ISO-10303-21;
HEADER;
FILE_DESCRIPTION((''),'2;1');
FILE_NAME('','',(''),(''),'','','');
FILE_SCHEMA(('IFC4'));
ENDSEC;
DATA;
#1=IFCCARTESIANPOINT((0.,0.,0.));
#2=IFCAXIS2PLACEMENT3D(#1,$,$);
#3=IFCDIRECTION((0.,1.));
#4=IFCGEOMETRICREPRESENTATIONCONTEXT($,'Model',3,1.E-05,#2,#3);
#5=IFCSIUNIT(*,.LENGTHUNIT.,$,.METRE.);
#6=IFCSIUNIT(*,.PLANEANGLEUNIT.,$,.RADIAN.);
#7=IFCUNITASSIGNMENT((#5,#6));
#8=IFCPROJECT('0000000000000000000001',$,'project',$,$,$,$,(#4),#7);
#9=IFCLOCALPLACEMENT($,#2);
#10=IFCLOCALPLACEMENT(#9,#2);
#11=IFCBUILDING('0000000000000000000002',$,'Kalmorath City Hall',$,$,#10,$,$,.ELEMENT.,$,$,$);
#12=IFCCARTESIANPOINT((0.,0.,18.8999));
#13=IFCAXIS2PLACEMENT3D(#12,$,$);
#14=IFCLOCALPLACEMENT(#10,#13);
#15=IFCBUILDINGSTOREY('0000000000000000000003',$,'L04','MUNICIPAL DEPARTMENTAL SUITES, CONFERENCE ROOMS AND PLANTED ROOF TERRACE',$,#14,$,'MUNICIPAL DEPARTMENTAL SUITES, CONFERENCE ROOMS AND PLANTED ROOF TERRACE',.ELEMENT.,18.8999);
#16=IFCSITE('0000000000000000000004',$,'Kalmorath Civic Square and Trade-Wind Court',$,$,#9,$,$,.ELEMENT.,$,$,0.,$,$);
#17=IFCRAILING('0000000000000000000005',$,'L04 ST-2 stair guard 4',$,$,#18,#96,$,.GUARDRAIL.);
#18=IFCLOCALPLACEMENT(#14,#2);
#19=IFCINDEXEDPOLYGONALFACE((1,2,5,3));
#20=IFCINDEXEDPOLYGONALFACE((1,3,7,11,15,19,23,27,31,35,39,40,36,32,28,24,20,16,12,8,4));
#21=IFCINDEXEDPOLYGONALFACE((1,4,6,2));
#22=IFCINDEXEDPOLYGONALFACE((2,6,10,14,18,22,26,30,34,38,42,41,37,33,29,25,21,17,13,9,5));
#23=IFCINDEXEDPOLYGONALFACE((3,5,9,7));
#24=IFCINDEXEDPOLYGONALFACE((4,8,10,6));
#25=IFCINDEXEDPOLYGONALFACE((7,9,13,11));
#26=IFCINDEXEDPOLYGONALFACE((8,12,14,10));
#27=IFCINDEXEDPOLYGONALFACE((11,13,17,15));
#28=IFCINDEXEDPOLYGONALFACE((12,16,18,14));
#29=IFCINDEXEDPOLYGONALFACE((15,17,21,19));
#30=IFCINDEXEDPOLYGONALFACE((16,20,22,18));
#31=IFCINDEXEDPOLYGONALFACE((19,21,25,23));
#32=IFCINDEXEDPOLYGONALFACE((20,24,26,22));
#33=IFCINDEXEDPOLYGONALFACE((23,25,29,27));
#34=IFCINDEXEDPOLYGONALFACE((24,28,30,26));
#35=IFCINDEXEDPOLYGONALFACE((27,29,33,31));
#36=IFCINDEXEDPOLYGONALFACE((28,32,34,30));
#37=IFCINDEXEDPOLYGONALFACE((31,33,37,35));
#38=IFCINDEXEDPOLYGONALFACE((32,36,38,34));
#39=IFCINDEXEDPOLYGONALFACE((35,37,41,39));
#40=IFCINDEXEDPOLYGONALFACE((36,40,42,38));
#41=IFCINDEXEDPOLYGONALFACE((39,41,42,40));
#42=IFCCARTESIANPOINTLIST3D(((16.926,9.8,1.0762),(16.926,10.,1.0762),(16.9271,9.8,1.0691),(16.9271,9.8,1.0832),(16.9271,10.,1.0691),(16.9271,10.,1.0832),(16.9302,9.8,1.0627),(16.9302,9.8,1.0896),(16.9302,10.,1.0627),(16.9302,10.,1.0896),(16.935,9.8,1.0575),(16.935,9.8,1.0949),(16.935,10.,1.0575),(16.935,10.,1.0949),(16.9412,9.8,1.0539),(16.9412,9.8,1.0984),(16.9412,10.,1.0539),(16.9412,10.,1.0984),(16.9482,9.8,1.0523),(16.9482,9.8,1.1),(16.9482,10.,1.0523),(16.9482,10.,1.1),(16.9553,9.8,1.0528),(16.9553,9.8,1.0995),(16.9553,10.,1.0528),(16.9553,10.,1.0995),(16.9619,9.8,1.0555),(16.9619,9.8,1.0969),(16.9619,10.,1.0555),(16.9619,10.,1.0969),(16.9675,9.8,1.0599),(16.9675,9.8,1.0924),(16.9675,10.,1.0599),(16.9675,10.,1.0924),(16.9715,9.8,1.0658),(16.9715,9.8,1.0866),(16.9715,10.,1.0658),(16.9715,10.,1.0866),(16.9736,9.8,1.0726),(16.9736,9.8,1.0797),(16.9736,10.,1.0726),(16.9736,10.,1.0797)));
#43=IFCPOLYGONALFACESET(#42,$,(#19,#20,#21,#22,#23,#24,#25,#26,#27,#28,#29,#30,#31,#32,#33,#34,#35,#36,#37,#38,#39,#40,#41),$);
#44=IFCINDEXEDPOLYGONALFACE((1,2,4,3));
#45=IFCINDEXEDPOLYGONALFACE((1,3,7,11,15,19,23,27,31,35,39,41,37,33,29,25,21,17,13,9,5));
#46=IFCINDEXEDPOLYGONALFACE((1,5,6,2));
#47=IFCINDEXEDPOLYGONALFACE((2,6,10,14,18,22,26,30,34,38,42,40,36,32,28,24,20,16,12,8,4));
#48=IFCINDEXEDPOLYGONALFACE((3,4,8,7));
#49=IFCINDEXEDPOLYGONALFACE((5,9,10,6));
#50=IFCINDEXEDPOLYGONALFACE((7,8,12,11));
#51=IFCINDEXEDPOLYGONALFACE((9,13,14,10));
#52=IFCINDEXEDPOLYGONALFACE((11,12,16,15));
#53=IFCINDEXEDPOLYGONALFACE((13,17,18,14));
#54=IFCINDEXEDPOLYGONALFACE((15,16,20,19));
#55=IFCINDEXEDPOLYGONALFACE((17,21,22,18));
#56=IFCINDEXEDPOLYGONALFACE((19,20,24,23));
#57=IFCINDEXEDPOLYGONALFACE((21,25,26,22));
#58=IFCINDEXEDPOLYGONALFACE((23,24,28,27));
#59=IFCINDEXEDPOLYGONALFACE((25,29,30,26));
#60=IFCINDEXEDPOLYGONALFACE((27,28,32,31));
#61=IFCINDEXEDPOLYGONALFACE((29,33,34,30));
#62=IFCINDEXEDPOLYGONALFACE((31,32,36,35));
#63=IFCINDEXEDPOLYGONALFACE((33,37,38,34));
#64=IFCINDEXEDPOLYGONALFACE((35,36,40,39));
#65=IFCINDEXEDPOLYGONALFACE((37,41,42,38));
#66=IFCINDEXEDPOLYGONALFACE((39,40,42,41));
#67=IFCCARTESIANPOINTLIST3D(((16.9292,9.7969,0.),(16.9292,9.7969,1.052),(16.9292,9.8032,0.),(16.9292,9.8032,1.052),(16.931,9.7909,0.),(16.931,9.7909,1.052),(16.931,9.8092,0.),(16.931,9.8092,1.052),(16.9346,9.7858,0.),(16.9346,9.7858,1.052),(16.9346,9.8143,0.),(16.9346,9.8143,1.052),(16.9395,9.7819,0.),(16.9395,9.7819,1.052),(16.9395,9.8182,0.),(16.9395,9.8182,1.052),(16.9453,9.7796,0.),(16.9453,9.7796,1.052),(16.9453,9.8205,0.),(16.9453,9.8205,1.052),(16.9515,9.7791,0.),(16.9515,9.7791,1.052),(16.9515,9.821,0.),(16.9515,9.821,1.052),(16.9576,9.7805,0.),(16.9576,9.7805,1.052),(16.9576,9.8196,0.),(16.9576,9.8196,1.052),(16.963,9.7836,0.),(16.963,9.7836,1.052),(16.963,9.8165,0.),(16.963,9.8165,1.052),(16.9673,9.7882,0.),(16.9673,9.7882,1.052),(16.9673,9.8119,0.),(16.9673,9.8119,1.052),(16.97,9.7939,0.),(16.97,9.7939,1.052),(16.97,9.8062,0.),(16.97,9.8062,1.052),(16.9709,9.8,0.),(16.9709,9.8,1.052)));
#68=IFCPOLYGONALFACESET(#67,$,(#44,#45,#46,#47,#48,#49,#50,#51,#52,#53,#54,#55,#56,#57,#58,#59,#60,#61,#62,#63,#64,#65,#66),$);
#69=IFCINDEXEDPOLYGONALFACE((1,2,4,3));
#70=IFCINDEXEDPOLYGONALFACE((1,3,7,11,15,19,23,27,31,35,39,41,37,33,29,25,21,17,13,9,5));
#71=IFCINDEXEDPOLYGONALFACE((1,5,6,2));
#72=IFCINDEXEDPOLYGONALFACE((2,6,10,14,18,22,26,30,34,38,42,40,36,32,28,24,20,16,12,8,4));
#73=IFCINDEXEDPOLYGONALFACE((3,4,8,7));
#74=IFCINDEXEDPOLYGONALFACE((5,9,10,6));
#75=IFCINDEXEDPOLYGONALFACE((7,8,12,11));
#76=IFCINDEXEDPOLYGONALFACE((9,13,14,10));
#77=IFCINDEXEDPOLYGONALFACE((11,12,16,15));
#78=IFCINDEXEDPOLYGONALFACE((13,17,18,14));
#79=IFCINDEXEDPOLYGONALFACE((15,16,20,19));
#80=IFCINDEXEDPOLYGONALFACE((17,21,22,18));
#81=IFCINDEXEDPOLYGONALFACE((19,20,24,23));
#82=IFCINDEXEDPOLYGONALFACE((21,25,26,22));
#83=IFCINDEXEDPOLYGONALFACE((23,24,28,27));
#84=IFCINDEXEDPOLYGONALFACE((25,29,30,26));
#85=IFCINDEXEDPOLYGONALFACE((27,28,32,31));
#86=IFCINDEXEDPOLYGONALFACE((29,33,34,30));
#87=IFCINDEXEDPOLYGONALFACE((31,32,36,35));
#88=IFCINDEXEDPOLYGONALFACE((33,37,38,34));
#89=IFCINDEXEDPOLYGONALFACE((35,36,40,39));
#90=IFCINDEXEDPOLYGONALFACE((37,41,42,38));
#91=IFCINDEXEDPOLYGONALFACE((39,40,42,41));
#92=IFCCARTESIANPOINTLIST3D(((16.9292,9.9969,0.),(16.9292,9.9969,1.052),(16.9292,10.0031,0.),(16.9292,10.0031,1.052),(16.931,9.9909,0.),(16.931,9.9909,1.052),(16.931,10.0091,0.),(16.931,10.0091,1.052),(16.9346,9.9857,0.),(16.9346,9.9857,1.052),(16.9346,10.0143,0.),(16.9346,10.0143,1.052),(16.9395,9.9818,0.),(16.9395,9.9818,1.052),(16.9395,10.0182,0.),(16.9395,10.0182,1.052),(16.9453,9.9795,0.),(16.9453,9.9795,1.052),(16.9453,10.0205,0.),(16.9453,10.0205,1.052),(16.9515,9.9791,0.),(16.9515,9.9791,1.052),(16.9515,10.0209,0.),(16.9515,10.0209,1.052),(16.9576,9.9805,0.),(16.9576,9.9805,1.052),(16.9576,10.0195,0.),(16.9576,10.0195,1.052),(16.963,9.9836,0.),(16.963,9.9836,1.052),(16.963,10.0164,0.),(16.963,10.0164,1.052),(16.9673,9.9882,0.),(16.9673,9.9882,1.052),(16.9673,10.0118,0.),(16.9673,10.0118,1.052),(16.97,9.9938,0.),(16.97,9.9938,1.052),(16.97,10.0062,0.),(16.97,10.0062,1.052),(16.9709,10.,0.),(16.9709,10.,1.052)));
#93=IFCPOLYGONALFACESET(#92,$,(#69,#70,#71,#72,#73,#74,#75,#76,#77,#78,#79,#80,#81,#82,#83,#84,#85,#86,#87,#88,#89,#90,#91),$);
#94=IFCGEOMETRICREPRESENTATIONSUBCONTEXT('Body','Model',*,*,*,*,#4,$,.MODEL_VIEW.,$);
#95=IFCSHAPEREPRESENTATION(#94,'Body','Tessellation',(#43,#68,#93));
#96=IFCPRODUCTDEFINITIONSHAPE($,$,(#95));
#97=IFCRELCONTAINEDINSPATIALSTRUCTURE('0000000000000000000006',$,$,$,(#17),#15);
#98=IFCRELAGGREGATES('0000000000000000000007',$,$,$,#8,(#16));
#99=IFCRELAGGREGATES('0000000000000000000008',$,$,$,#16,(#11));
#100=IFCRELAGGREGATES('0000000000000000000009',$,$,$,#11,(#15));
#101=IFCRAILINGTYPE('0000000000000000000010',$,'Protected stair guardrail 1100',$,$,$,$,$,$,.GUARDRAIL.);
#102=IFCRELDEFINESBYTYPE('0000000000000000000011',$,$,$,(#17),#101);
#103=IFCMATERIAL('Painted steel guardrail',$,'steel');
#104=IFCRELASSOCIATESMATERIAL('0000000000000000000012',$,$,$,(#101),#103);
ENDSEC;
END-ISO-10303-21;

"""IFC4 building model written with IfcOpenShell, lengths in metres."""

from ifc_helpers import new_model, si_unit, direction, frame, origin, origin_2d, place, context, subcontext, project, spatial, circle, extrude, material, type_object, element, save


model = new_model("IFC4")

# Units and contexts
model_context = context("Model", 3, precision=1e-05, world=origin(), true_north=direction((0.0, 1.0)))
body_context = subcontext(model_context, "Body", "Model", "MODEL_VIEW")
ifc_project = project(units=[si_unit("LENGTHUNIT", "METRE"), si_unit("PLANEANGLEUNIT", "RADIAN")], contexts=[model_context])

# Site, building, storey
site_placement = place(None, origin())
site = spatial("IfcSite", under=ifc_project, at=site_placement, Name="Kalmorath Civic Square and Trade-Wind Court", CompositionType="ELEMENT", RefElevation=0.0)
building_placement = place(site_placement, origin())
building = spatial("IfcBuilding", under=site, at=building_placement, Name="Kalmorath City Hall", CompositionType="ELEMENT")
storey_placement = place(building_placement, frame((0.0, 0.0, 18.8999)))
storey = spatial("IfcBuildingStorey", under=building, at=storey_placement, Name="L04", Description="MUNICIPAL DEPARTMENTAL SUITES, CONFERENCE ROOMS AND PLANTED ROOF TERRACE", LongName="MUNICIPAL DEPARTMENTAL SUITES, CONFERENCE ROOMS AND PLANTED ROOF TERRACE", CompositionType="ELEMENT", Elevation=18.8999)

# Railing
ifc_material_1 = material(Name="Painted steel guardrail", Category="steel")
railing_type_1 = type_object("IfcRailingType", Name="Protected stair guardrail 1100", PredefinedType="GUARDRAIL", material=ifc_material_1)
railing_1_placement = place(storey_placement, frame((16.95, 9.8, 0.0)))
element("IfcRailing", 1, at=railing_1_placement, inside=storey, type_object=railing_type_1, Name="L04 ST-2 stair guard 4", PredefinedType="GUARDRAIL", context=body_context, shape_type="SweptSolid", body=[
    extrude(circle(Radius=0.0239, at=origin_2d()), frame((0.0, 0.0, 1.0762), z_axis=(0.0, 1.0, 0.0), x_axis=(-1.0, 0.0, 0.0)), (0.0, 0.0, 1.0), 0.2),
    extrude(circle(Radius=0.021, at=origin_2d()), origin(), (0.0, 0.0, 1.0), 1.052),
    extrude(circle(Radius=0.021, at=origin_2d()), frame((0.0, 0.2, 0.0)), (0.0, 0.0, 1.0), 1.052),
])

save(model, "model.ifc")
